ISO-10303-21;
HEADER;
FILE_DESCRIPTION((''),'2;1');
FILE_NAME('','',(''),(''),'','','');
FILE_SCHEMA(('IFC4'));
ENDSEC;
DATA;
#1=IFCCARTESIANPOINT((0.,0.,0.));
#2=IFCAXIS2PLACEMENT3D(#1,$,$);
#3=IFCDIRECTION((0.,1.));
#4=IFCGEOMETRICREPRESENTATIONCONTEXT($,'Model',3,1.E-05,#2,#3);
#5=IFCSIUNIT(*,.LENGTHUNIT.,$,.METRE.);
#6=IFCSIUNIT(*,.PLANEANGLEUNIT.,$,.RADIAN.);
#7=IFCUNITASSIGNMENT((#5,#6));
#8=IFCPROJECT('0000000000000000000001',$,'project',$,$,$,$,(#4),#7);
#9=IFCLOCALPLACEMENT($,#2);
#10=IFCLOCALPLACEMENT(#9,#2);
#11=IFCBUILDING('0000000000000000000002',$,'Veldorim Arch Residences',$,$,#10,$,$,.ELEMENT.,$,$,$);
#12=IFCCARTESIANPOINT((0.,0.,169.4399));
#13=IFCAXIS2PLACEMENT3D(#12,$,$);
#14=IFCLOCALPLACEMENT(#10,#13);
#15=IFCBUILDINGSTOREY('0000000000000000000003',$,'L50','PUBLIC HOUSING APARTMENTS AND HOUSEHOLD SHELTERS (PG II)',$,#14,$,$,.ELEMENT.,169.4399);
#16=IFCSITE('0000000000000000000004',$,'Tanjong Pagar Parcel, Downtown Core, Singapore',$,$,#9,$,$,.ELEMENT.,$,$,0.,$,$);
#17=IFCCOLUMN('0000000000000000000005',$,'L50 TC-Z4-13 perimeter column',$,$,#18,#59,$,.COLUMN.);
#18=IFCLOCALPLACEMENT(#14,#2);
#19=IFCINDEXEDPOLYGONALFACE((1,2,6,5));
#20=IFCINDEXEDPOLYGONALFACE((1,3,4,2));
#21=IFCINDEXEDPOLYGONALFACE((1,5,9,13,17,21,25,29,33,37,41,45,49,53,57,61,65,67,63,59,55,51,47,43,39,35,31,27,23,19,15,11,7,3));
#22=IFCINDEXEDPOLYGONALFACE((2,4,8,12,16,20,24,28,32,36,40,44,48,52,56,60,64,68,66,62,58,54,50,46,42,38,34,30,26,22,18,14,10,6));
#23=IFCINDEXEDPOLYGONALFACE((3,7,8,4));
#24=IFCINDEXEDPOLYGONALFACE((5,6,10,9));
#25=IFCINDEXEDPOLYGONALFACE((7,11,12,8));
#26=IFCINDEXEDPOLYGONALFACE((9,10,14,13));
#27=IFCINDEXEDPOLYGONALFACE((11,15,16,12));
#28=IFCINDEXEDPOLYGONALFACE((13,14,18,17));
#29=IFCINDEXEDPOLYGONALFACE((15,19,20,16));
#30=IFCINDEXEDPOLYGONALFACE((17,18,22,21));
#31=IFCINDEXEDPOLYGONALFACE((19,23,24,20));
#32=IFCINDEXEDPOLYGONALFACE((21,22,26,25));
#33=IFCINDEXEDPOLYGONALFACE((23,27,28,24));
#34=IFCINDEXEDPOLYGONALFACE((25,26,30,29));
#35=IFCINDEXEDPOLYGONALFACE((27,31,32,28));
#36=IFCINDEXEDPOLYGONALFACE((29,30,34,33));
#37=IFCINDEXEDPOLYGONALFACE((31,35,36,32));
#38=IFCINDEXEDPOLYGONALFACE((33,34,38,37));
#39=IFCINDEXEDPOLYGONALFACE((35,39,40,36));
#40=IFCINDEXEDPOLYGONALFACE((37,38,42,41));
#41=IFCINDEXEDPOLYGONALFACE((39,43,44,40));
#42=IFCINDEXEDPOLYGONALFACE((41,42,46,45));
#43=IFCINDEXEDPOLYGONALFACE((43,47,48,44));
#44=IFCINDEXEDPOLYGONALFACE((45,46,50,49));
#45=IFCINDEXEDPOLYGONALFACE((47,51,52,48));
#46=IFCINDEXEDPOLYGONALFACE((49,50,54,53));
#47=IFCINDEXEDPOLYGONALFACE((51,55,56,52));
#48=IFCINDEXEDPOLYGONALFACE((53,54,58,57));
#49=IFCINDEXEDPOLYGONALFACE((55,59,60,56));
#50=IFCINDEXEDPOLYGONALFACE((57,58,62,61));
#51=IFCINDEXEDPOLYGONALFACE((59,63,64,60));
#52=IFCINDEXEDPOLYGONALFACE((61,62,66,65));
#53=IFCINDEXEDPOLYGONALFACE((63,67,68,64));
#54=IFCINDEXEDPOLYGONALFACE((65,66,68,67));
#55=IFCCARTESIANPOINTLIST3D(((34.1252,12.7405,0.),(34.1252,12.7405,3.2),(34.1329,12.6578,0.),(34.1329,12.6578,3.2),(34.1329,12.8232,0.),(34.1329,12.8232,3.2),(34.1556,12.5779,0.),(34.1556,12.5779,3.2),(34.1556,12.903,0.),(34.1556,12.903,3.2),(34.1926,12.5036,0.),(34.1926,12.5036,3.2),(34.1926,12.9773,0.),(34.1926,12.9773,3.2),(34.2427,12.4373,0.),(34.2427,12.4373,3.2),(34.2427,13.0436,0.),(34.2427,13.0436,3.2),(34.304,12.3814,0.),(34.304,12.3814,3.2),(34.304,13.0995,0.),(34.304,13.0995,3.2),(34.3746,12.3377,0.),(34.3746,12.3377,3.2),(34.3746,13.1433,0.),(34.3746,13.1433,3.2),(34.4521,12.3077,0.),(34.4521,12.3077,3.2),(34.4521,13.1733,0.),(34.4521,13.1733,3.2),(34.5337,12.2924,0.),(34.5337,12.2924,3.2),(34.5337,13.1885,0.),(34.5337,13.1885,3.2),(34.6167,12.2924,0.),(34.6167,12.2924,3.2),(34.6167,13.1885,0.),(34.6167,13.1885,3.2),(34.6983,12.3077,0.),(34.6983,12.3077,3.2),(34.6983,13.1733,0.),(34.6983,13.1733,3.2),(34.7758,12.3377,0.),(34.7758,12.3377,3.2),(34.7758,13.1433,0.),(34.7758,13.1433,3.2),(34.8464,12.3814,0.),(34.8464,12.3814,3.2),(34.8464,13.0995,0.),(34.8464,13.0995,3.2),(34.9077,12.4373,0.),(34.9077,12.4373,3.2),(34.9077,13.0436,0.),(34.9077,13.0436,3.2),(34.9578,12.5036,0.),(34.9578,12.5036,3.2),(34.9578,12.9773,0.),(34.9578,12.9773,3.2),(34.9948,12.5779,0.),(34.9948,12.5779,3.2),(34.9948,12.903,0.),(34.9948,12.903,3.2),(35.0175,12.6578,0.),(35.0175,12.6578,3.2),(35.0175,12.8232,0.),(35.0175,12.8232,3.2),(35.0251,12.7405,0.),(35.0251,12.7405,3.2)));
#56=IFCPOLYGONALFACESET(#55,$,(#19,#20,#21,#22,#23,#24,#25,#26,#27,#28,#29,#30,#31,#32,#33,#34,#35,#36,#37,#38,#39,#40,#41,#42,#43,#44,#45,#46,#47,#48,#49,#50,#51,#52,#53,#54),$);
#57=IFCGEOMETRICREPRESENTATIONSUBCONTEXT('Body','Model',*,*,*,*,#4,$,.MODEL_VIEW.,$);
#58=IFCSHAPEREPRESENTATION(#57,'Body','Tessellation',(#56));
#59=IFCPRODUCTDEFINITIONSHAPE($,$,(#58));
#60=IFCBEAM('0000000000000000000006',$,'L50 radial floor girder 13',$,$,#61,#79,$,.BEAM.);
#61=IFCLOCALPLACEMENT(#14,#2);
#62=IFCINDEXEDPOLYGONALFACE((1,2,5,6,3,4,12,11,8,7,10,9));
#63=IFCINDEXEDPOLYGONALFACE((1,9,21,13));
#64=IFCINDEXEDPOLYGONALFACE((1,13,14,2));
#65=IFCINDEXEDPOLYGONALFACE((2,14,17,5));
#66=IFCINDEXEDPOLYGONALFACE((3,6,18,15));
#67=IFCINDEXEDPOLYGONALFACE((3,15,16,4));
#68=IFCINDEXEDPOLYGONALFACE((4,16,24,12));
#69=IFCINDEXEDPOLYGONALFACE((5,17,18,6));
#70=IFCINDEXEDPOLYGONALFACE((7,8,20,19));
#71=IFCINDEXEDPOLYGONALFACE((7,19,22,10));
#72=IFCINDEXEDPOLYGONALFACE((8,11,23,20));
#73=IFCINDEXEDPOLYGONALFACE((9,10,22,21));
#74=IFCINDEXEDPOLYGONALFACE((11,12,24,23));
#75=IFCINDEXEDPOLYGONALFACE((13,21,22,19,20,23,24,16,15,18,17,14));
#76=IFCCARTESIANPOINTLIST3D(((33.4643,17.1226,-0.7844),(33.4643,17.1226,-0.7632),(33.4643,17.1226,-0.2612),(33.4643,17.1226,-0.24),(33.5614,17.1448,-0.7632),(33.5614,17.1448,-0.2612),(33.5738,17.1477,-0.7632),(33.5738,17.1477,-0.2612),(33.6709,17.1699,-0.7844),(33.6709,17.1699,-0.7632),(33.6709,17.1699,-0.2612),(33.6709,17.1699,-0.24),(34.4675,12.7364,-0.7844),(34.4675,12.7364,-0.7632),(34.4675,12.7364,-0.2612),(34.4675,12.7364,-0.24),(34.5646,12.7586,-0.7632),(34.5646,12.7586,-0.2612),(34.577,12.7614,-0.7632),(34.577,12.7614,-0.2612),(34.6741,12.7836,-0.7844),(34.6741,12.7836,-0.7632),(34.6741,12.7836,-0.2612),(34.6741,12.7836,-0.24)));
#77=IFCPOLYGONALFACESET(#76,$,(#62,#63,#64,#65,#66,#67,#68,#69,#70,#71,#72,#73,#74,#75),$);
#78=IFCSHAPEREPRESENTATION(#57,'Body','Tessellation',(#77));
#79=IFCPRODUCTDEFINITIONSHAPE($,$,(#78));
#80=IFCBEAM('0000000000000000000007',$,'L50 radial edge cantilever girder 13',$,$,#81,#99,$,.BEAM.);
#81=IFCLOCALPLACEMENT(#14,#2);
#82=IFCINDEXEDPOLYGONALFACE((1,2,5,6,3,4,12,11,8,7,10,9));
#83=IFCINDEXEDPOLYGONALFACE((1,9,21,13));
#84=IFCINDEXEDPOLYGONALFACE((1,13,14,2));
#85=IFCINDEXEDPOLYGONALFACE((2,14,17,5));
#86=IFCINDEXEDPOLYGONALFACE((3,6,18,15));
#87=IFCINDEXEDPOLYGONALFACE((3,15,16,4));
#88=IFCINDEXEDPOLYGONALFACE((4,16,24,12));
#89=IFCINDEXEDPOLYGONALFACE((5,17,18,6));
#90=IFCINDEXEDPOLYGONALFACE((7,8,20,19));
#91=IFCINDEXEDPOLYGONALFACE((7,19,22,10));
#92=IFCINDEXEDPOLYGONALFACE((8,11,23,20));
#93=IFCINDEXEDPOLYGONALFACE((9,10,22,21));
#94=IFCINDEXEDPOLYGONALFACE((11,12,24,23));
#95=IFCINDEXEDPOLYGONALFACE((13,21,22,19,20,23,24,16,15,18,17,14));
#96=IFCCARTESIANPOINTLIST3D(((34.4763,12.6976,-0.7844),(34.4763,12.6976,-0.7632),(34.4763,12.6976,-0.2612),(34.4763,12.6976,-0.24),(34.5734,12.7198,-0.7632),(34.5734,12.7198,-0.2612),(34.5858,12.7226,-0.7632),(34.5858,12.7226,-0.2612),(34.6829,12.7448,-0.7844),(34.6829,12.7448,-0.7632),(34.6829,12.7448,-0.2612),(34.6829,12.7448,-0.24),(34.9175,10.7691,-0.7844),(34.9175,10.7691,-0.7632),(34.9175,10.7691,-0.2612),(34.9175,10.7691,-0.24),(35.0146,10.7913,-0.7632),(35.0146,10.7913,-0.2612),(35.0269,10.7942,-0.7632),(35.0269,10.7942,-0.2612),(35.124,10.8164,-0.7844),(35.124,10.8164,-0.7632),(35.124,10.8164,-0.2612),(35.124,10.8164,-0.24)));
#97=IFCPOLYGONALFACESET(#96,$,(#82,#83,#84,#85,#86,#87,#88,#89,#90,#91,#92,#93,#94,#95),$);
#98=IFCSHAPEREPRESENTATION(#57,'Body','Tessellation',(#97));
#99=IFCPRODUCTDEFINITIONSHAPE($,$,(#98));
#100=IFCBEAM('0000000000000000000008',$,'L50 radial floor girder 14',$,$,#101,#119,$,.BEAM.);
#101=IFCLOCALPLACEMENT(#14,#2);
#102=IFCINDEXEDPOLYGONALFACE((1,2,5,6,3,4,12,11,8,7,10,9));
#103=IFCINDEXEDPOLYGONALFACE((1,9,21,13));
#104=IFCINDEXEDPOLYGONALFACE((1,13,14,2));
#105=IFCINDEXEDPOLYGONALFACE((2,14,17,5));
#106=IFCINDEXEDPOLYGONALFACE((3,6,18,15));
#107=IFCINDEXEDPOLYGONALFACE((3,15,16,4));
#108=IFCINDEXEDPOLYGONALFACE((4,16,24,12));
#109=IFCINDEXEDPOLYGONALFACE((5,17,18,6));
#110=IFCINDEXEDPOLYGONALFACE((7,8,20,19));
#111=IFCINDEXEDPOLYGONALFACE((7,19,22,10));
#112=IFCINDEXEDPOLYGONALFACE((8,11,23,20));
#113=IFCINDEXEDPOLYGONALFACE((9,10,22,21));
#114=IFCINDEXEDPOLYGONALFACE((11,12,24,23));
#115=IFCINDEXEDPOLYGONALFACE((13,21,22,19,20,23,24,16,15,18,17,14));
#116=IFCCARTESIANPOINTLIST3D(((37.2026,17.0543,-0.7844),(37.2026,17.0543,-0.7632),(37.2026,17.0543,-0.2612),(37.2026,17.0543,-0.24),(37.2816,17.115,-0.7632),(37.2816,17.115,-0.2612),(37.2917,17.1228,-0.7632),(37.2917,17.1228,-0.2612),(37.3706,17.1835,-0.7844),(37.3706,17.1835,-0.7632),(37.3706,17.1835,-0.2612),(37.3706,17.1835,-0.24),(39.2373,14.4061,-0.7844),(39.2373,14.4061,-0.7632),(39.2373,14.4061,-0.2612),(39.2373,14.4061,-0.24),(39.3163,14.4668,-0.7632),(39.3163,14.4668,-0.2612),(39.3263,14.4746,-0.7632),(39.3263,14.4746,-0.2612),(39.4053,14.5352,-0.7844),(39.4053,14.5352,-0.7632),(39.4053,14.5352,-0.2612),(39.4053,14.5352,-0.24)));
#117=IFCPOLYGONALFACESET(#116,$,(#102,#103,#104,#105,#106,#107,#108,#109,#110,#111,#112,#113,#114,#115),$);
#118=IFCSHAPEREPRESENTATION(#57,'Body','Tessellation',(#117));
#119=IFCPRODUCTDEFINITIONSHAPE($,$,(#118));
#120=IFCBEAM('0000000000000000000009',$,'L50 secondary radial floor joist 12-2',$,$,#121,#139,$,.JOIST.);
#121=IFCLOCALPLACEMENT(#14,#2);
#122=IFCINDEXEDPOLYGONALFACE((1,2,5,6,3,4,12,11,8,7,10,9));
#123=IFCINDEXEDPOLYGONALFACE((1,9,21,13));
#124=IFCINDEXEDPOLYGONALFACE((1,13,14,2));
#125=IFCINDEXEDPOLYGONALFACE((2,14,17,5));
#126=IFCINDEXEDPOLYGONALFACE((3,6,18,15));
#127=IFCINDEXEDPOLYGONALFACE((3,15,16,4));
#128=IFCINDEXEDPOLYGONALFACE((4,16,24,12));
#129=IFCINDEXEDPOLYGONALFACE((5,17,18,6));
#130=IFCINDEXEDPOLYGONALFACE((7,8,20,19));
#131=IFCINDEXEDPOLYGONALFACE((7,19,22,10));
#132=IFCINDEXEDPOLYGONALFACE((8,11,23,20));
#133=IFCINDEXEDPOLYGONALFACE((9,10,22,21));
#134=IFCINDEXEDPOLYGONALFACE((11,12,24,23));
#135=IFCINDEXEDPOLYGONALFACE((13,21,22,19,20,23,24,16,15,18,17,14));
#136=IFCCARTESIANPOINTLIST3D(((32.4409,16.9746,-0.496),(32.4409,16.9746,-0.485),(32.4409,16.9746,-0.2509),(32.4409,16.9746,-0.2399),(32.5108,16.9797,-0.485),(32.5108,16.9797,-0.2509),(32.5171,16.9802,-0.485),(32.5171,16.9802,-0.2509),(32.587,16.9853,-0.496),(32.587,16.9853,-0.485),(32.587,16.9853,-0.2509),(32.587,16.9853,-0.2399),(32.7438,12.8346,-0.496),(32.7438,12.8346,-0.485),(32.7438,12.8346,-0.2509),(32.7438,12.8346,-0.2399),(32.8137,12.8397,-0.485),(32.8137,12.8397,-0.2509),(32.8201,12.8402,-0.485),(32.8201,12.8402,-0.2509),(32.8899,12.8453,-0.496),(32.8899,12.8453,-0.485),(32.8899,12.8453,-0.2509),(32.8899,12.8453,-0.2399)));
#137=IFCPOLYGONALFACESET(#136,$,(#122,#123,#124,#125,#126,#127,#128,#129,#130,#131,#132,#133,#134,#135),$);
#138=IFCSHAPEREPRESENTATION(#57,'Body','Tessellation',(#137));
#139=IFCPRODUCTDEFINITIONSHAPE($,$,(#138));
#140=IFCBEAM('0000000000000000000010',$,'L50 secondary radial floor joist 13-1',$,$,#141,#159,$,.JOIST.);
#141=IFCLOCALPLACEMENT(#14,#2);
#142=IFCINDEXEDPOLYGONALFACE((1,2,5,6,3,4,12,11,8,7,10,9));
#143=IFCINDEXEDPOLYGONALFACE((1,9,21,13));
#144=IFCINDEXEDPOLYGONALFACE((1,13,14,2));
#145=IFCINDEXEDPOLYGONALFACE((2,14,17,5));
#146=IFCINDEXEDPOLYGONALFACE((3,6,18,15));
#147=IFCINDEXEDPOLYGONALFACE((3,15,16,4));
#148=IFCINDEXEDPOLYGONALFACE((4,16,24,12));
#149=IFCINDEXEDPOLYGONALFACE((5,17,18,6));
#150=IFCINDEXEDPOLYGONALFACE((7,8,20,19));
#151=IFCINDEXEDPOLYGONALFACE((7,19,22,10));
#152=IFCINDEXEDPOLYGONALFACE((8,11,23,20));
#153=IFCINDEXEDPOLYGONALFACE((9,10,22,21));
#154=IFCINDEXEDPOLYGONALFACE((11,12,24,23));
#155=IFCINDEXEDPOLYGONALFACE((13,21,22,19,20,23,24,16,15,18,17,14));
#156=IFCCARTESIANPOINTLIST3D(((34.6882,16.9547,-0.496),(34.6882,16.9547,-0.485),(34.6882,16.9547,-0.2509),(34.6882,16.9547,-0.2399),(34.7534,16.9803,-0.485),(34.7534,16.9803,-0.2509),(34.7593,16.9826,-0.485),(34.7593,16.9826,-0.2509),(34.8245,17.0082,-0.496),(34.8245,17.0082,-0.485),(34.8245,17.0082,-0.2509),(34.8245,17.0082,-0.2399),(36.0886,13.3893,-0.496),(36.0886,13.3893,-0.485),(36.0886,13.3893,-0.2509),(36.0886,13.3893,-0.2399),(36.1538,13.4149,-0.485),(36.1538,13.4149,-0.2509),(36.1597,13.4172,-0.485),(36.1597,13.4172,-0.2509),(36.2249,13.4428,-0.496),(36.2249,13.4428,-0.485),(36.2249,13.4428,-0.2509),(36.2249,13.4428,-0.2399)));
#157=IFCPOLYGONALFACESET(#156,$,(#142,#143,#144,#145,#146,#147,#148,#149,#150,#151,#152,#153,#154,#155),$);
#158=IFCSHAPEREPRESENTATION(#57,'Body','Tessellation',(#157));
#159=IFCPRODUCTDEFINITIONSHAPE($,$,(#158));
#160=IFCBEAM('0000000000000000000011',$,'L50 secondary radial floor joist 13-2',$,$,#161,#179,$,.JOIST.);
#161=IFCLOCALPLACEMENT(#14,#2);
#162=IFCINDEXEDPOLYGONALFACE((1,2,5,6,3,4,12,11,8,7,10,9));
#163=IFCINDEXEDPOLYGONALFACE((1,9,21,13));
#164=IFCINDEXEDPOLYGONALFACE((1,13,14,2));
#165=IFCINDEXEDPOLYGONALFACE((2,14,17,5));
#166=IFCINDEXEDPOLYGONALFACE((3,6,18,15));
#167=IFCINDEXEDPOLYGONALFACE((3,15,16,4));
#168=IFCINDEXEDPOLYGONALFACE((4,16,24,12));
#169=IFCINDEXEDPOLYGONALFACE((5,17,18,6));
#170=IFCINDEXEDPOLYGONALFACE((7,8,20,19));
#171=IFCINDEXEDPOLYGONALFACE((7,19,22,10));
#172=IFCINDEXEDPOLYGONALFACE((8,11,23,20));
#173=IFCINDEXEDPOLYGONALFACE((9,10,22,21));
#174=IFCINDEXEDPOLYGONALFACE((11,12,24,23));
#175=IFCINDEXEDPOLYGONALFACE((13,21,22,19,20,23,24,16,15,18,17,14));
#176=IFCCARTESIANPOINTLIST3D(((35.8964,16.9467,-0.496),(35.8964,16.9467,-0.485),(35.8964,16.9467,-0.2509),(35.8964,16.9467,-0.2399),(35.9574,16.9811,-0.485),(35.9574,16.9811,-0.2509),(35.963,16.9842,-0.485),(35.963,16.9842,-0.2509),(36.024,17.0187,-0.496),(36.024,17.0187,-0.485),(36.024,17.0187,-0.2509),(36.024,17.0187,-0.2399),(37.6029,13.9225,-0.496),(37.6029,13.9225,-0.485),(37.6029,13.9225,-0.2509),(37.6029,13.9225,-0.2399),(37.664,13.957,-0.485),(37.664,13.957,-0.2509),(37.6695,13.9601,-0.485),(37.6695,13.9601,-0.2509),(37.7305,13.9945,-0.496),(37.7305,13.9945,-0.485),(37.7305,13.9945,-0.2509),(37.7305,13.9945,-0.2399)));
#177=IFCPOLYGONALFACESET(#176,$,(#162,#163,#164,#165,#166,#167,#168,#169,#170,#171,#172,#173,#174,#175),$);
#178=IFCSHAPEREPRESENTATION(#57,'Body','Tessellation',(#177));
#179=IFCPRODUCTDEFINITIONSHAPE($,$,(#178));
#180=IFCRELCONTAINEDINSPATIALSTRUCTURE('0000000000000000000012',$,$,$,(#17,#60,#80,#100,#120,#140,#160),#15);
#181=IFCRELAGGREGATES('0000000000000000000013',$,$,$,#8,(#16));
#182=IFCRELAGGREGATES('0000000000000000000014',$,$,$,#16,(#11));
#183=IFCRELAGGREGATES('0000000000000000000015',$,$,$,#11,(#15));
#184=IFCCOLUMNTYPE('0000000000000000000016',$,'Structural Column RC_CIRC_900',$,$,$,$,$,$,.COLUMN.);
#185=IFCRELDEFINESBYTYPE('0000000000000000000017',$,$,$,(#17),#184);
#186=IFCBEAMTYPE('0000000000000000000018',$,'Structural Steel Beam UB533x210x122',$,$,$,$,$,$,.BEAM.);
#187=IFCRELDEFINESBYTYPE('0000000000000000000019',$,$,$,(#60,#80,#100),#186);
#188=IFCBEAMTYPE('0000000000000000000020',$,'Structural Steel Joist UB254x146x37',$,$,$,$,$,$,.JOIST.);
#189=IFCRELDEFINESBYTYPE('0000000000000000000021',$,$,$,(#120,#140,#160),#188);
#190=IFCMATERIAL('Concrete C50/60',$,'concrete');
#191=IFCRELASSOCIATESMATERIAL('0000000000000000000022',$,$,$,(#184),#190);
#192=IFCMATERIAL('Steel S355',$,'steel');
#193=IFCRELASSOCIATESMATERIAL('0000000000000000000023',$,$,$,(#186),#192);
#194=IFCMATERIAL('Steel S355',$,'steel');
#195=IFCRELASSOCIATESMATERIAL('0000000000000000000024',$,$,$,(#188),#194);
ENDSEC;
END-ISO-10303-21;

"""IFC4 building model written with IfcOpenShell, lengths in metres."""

from ifc_helpers import new_model, si_unit, direction, frame, origin, origin_2d, place, context, subcontext, project, spatial, circle, i_section, extrude, material, material_profile, profile_set, type_object, element, save


model = new_model("IFC4")

# Units and contexts
model_context = context("Model", 3, precision=1e-05, world=origin(), true_north=direction((0.0, 1.0)))
body_context = subcontext(model_context, "Body", "Model", "MODEL_VIEW")
ifc_project = project(units=[si_unit("LENGTHUNIT", "METRE"), si_unit("PLANEANGLEUNIT", "RADIAN")], contexts=[model_context])

# Site, building, storey
site_placement = place(None, origin())
site = spatial("IfcSite", under=ifc_project, at=site_placement, Name="Tanjong Pagar Parcel, Downtown Core, Singapore", CompositionType="ELEMENT", RefElevation=0.0)
building_placement = place(site_placement, origin())
building = spatial("IfcBuilding", under=site, at=building_placement, Name="Veldorim Arch Residences", CompositionType="ELEMENT")
storey_placement = place(building_placement, frame((0.0, 0.0, 169.4399)))
storey = spatial("IfcBuildingStorey", under=building, at=storey_placement, Name="L50", Description="PUBLIC HOUSING APARTMENTS AND HOUSEHOLD SHELTERS (PG II)", CompositionType="ELEMENT", Elevation=169.4399)

# Column
ifc_material_1 = material(Name="Concrete C50/60", Category="concrete")
ifc_material_profile_1 = material_profile(ifc_material_1, circle(Radius=0.45, at=origin_2d()), Name="RC_CIRC_900")
ifc_profile_set_1 = profile_set([ifc_material_profile_1], Name="Concrete C50/60")
column_type = type_object("IfcColumnType", Name="Structural Column RC_CIRC_900", PredefinedType="COLUMN", material=ifc_profile_set_1)
column_placement = place(storey_placement, frame((34.5752, 12.7405, 0.0), z_axis=(0.0, 0.0, 1.0), x_axis=(1.0, 0.0, 0.0)))
element("IfcColumn", 1, at=column_placement, inside=storey, type_object=column_type, Name="L50 TC-Z4-13 perimeter column", PredefinedType="COLUMN", context=body_context, shape_type="SweptSolid", body=[
    extrude(circle(Radius=0.45, at=origin_2d()), origin(), (0.0, 0.0, 1.0), 3.2),
])

# Beams
ifc_material_2 = material(Name="Steel S355", Category="steel")
ifc_material_profile_2 = material_profile(ifc_material_2, i_section(OverallWidth=0.2119, OverallDepth=0.5444, WebThickness=0.0127, FlangeThickness=0.0212, at=origin_2d()), Name="UB533x210x122")
ifc_profile_set_2 = profile_set([ifc_material_profile_2], Name="Steel S355")
beam_type_1 = type_object("IfcBeamType", Name="Structural Steel Beam UB533x210x122", PredefinedType="BEAM", material=ifc_profile_set_2)
beam_1_placement = place(storey_placement, frame((33.5676, 17.1462, -0.5122), z_axis=(0.222953, -0.974829, 0.0), x_axis=(0.974829, 0.222953, 0.0)))
element("IfcBeam", 2, at=beam_1_placement, inside=storey, type_object=beam_type_1, Name="L50 radial floor girder 13", PredefinedType="BEAM", context=body_context, shape_type="SweptSolid", body=[
    extrude(i_section(OverallWidth=0.2119, OverallDepth=0.5444, WebThickness=0.0127, FlangeThickness=0.0212, at=origin_2d()), origin(), (0.0, 0.0, 1.0), 4.4995),
])
beam_2_placement = place(storey_placement, frame((34.5796, 12.7212, -0.5122), z_axis=(0.223002, -0.974818, 0.0), x_axis=(0.974818, 0.223002, 0.0)))
element("IfcBeam", 3, at=beam_2_placement, inside=storey, type_object=beam_type_1, Name="L50 radial edge cantilever girder 13", PredefinedType="BEAM", context=body_context, shape_type="SweptSolid", body=[
    extrude(i_section(OverallWidth=0.2119, OverallDepth=0.5444, WebThickness=0.0127, FlangeThickness=0.0212, at=origin_2d()), origin(), (0.0, 0.0, 1.0), 1.9783),
])
beam_3_placement = place(storey_placement, frame((37.2866, 17.1189, -0.5122), z_axis=(0.609258, -0.792972, 0.0), x_axis=(0.792972, 0.609258, 0.0)))
element("IfcBeam", 4, at=beam_3_placement, inside=storey, type_object=beam_type_1, Name="L50 radial floor girder 14", PredefinedType="BEAM", context=body_context, shape_type="SweptSolid", body=[
    extrude(i_section(OverallWidth=0.2119, OverallDepth=0.5444, WebThickness=0.0127, FlangeThickness=0.0212, at=origin_2d()), origin(), (0.0, 0.0, 1.0), 3.3396),
])
ifc_material_3 = material(Name="Steel S355", Category="steel")
ifc_material_profile_3 = material_profile(ifc_material_3, i_section(OverallWidth=0.1465, OverallDepth=0.2561, WebThickness=0.0063, FlangeThickness=0.011, at=origin_2d()), Name="UB254x146x37")
ifc_profile_set_3 = profile_set([ifc_material_profile_3], Name="Steel S355")
beam_type_2 = type_object("IfcBeamType", Name="Structural Steel Joist UB254x146x37", PredefinedType="JOIST", material=ifc_profile_set_3)
beam_4_placement = place(storey_placement, frame((32.5139, 16.98, -0.3679), z_axis=(0.072986, -0.997333, 0.0), x_axis=(0.997333, 0.072986, 0.0)))
element("IfcBeam", 5, at=beam_4_placement, inside=storey, type_object=beam_type_2, Name="L50 secondary radial floor joist 12-2", PredefinedType="JOIST", context=body_context, shape_type="SweptSolid", body=[
    extrude(i_section(OverallWidth=0.1465, OverallDepth=0.2561, WebThickness=0.0063, FlangeThickness=0.011, at=origin_2d()), origin(), (0.0, 0.0, 1.0), 4.1511),
])
beam_5_placement = place(storey_placement, frame((34.7563, 16.9814, -0.3679), z_axis=(0.365581, -0.930779, 0.0), x_axis=(0.930779, 0.365581, 0.0)))
element("IfcBeam", 6, at=beam_5_placement, inside=storey, type_object=beam_type_2, Name="L50 secondary radial floor joist 13-1", PredefinedType="JOIST", context=body_context, shape_type="SweptSolid", body=[
    extrude(i_section(OverallWidth=0.1465, OverallDepth=0.2561, WebThickness=0.0063, FlangeThickness=0.011, at=origin_2d()), origin(), (0.0, 0.0, 1.0), 3.8306),
])
beam_6_placement = place(storey_placement, frame((35.9602, 16.9827, -0.3679), z_axis=(0.491452, -0.870904, 0.0), x_axis=(0.870904, 0.491452, 0.0)))
element("IfcBeam", 7, at=beam_6_placement, inside=storey, type_object=beam_type_2, Name="L50 secondary radial floor joist 13-2", PredefinedType="JOIST", context=body_context, shape_type="SweptSolid", body=[
    extrude(i_section(OverallWidth=0.1465, OverallDepth=0.2561, WebThickness=0.0063, FlangeThickness=0.011, at=origin_2d()), origin(), (0.0, 0.0, 1.0), 3.4724),
])

save(model, "model.ifc")
